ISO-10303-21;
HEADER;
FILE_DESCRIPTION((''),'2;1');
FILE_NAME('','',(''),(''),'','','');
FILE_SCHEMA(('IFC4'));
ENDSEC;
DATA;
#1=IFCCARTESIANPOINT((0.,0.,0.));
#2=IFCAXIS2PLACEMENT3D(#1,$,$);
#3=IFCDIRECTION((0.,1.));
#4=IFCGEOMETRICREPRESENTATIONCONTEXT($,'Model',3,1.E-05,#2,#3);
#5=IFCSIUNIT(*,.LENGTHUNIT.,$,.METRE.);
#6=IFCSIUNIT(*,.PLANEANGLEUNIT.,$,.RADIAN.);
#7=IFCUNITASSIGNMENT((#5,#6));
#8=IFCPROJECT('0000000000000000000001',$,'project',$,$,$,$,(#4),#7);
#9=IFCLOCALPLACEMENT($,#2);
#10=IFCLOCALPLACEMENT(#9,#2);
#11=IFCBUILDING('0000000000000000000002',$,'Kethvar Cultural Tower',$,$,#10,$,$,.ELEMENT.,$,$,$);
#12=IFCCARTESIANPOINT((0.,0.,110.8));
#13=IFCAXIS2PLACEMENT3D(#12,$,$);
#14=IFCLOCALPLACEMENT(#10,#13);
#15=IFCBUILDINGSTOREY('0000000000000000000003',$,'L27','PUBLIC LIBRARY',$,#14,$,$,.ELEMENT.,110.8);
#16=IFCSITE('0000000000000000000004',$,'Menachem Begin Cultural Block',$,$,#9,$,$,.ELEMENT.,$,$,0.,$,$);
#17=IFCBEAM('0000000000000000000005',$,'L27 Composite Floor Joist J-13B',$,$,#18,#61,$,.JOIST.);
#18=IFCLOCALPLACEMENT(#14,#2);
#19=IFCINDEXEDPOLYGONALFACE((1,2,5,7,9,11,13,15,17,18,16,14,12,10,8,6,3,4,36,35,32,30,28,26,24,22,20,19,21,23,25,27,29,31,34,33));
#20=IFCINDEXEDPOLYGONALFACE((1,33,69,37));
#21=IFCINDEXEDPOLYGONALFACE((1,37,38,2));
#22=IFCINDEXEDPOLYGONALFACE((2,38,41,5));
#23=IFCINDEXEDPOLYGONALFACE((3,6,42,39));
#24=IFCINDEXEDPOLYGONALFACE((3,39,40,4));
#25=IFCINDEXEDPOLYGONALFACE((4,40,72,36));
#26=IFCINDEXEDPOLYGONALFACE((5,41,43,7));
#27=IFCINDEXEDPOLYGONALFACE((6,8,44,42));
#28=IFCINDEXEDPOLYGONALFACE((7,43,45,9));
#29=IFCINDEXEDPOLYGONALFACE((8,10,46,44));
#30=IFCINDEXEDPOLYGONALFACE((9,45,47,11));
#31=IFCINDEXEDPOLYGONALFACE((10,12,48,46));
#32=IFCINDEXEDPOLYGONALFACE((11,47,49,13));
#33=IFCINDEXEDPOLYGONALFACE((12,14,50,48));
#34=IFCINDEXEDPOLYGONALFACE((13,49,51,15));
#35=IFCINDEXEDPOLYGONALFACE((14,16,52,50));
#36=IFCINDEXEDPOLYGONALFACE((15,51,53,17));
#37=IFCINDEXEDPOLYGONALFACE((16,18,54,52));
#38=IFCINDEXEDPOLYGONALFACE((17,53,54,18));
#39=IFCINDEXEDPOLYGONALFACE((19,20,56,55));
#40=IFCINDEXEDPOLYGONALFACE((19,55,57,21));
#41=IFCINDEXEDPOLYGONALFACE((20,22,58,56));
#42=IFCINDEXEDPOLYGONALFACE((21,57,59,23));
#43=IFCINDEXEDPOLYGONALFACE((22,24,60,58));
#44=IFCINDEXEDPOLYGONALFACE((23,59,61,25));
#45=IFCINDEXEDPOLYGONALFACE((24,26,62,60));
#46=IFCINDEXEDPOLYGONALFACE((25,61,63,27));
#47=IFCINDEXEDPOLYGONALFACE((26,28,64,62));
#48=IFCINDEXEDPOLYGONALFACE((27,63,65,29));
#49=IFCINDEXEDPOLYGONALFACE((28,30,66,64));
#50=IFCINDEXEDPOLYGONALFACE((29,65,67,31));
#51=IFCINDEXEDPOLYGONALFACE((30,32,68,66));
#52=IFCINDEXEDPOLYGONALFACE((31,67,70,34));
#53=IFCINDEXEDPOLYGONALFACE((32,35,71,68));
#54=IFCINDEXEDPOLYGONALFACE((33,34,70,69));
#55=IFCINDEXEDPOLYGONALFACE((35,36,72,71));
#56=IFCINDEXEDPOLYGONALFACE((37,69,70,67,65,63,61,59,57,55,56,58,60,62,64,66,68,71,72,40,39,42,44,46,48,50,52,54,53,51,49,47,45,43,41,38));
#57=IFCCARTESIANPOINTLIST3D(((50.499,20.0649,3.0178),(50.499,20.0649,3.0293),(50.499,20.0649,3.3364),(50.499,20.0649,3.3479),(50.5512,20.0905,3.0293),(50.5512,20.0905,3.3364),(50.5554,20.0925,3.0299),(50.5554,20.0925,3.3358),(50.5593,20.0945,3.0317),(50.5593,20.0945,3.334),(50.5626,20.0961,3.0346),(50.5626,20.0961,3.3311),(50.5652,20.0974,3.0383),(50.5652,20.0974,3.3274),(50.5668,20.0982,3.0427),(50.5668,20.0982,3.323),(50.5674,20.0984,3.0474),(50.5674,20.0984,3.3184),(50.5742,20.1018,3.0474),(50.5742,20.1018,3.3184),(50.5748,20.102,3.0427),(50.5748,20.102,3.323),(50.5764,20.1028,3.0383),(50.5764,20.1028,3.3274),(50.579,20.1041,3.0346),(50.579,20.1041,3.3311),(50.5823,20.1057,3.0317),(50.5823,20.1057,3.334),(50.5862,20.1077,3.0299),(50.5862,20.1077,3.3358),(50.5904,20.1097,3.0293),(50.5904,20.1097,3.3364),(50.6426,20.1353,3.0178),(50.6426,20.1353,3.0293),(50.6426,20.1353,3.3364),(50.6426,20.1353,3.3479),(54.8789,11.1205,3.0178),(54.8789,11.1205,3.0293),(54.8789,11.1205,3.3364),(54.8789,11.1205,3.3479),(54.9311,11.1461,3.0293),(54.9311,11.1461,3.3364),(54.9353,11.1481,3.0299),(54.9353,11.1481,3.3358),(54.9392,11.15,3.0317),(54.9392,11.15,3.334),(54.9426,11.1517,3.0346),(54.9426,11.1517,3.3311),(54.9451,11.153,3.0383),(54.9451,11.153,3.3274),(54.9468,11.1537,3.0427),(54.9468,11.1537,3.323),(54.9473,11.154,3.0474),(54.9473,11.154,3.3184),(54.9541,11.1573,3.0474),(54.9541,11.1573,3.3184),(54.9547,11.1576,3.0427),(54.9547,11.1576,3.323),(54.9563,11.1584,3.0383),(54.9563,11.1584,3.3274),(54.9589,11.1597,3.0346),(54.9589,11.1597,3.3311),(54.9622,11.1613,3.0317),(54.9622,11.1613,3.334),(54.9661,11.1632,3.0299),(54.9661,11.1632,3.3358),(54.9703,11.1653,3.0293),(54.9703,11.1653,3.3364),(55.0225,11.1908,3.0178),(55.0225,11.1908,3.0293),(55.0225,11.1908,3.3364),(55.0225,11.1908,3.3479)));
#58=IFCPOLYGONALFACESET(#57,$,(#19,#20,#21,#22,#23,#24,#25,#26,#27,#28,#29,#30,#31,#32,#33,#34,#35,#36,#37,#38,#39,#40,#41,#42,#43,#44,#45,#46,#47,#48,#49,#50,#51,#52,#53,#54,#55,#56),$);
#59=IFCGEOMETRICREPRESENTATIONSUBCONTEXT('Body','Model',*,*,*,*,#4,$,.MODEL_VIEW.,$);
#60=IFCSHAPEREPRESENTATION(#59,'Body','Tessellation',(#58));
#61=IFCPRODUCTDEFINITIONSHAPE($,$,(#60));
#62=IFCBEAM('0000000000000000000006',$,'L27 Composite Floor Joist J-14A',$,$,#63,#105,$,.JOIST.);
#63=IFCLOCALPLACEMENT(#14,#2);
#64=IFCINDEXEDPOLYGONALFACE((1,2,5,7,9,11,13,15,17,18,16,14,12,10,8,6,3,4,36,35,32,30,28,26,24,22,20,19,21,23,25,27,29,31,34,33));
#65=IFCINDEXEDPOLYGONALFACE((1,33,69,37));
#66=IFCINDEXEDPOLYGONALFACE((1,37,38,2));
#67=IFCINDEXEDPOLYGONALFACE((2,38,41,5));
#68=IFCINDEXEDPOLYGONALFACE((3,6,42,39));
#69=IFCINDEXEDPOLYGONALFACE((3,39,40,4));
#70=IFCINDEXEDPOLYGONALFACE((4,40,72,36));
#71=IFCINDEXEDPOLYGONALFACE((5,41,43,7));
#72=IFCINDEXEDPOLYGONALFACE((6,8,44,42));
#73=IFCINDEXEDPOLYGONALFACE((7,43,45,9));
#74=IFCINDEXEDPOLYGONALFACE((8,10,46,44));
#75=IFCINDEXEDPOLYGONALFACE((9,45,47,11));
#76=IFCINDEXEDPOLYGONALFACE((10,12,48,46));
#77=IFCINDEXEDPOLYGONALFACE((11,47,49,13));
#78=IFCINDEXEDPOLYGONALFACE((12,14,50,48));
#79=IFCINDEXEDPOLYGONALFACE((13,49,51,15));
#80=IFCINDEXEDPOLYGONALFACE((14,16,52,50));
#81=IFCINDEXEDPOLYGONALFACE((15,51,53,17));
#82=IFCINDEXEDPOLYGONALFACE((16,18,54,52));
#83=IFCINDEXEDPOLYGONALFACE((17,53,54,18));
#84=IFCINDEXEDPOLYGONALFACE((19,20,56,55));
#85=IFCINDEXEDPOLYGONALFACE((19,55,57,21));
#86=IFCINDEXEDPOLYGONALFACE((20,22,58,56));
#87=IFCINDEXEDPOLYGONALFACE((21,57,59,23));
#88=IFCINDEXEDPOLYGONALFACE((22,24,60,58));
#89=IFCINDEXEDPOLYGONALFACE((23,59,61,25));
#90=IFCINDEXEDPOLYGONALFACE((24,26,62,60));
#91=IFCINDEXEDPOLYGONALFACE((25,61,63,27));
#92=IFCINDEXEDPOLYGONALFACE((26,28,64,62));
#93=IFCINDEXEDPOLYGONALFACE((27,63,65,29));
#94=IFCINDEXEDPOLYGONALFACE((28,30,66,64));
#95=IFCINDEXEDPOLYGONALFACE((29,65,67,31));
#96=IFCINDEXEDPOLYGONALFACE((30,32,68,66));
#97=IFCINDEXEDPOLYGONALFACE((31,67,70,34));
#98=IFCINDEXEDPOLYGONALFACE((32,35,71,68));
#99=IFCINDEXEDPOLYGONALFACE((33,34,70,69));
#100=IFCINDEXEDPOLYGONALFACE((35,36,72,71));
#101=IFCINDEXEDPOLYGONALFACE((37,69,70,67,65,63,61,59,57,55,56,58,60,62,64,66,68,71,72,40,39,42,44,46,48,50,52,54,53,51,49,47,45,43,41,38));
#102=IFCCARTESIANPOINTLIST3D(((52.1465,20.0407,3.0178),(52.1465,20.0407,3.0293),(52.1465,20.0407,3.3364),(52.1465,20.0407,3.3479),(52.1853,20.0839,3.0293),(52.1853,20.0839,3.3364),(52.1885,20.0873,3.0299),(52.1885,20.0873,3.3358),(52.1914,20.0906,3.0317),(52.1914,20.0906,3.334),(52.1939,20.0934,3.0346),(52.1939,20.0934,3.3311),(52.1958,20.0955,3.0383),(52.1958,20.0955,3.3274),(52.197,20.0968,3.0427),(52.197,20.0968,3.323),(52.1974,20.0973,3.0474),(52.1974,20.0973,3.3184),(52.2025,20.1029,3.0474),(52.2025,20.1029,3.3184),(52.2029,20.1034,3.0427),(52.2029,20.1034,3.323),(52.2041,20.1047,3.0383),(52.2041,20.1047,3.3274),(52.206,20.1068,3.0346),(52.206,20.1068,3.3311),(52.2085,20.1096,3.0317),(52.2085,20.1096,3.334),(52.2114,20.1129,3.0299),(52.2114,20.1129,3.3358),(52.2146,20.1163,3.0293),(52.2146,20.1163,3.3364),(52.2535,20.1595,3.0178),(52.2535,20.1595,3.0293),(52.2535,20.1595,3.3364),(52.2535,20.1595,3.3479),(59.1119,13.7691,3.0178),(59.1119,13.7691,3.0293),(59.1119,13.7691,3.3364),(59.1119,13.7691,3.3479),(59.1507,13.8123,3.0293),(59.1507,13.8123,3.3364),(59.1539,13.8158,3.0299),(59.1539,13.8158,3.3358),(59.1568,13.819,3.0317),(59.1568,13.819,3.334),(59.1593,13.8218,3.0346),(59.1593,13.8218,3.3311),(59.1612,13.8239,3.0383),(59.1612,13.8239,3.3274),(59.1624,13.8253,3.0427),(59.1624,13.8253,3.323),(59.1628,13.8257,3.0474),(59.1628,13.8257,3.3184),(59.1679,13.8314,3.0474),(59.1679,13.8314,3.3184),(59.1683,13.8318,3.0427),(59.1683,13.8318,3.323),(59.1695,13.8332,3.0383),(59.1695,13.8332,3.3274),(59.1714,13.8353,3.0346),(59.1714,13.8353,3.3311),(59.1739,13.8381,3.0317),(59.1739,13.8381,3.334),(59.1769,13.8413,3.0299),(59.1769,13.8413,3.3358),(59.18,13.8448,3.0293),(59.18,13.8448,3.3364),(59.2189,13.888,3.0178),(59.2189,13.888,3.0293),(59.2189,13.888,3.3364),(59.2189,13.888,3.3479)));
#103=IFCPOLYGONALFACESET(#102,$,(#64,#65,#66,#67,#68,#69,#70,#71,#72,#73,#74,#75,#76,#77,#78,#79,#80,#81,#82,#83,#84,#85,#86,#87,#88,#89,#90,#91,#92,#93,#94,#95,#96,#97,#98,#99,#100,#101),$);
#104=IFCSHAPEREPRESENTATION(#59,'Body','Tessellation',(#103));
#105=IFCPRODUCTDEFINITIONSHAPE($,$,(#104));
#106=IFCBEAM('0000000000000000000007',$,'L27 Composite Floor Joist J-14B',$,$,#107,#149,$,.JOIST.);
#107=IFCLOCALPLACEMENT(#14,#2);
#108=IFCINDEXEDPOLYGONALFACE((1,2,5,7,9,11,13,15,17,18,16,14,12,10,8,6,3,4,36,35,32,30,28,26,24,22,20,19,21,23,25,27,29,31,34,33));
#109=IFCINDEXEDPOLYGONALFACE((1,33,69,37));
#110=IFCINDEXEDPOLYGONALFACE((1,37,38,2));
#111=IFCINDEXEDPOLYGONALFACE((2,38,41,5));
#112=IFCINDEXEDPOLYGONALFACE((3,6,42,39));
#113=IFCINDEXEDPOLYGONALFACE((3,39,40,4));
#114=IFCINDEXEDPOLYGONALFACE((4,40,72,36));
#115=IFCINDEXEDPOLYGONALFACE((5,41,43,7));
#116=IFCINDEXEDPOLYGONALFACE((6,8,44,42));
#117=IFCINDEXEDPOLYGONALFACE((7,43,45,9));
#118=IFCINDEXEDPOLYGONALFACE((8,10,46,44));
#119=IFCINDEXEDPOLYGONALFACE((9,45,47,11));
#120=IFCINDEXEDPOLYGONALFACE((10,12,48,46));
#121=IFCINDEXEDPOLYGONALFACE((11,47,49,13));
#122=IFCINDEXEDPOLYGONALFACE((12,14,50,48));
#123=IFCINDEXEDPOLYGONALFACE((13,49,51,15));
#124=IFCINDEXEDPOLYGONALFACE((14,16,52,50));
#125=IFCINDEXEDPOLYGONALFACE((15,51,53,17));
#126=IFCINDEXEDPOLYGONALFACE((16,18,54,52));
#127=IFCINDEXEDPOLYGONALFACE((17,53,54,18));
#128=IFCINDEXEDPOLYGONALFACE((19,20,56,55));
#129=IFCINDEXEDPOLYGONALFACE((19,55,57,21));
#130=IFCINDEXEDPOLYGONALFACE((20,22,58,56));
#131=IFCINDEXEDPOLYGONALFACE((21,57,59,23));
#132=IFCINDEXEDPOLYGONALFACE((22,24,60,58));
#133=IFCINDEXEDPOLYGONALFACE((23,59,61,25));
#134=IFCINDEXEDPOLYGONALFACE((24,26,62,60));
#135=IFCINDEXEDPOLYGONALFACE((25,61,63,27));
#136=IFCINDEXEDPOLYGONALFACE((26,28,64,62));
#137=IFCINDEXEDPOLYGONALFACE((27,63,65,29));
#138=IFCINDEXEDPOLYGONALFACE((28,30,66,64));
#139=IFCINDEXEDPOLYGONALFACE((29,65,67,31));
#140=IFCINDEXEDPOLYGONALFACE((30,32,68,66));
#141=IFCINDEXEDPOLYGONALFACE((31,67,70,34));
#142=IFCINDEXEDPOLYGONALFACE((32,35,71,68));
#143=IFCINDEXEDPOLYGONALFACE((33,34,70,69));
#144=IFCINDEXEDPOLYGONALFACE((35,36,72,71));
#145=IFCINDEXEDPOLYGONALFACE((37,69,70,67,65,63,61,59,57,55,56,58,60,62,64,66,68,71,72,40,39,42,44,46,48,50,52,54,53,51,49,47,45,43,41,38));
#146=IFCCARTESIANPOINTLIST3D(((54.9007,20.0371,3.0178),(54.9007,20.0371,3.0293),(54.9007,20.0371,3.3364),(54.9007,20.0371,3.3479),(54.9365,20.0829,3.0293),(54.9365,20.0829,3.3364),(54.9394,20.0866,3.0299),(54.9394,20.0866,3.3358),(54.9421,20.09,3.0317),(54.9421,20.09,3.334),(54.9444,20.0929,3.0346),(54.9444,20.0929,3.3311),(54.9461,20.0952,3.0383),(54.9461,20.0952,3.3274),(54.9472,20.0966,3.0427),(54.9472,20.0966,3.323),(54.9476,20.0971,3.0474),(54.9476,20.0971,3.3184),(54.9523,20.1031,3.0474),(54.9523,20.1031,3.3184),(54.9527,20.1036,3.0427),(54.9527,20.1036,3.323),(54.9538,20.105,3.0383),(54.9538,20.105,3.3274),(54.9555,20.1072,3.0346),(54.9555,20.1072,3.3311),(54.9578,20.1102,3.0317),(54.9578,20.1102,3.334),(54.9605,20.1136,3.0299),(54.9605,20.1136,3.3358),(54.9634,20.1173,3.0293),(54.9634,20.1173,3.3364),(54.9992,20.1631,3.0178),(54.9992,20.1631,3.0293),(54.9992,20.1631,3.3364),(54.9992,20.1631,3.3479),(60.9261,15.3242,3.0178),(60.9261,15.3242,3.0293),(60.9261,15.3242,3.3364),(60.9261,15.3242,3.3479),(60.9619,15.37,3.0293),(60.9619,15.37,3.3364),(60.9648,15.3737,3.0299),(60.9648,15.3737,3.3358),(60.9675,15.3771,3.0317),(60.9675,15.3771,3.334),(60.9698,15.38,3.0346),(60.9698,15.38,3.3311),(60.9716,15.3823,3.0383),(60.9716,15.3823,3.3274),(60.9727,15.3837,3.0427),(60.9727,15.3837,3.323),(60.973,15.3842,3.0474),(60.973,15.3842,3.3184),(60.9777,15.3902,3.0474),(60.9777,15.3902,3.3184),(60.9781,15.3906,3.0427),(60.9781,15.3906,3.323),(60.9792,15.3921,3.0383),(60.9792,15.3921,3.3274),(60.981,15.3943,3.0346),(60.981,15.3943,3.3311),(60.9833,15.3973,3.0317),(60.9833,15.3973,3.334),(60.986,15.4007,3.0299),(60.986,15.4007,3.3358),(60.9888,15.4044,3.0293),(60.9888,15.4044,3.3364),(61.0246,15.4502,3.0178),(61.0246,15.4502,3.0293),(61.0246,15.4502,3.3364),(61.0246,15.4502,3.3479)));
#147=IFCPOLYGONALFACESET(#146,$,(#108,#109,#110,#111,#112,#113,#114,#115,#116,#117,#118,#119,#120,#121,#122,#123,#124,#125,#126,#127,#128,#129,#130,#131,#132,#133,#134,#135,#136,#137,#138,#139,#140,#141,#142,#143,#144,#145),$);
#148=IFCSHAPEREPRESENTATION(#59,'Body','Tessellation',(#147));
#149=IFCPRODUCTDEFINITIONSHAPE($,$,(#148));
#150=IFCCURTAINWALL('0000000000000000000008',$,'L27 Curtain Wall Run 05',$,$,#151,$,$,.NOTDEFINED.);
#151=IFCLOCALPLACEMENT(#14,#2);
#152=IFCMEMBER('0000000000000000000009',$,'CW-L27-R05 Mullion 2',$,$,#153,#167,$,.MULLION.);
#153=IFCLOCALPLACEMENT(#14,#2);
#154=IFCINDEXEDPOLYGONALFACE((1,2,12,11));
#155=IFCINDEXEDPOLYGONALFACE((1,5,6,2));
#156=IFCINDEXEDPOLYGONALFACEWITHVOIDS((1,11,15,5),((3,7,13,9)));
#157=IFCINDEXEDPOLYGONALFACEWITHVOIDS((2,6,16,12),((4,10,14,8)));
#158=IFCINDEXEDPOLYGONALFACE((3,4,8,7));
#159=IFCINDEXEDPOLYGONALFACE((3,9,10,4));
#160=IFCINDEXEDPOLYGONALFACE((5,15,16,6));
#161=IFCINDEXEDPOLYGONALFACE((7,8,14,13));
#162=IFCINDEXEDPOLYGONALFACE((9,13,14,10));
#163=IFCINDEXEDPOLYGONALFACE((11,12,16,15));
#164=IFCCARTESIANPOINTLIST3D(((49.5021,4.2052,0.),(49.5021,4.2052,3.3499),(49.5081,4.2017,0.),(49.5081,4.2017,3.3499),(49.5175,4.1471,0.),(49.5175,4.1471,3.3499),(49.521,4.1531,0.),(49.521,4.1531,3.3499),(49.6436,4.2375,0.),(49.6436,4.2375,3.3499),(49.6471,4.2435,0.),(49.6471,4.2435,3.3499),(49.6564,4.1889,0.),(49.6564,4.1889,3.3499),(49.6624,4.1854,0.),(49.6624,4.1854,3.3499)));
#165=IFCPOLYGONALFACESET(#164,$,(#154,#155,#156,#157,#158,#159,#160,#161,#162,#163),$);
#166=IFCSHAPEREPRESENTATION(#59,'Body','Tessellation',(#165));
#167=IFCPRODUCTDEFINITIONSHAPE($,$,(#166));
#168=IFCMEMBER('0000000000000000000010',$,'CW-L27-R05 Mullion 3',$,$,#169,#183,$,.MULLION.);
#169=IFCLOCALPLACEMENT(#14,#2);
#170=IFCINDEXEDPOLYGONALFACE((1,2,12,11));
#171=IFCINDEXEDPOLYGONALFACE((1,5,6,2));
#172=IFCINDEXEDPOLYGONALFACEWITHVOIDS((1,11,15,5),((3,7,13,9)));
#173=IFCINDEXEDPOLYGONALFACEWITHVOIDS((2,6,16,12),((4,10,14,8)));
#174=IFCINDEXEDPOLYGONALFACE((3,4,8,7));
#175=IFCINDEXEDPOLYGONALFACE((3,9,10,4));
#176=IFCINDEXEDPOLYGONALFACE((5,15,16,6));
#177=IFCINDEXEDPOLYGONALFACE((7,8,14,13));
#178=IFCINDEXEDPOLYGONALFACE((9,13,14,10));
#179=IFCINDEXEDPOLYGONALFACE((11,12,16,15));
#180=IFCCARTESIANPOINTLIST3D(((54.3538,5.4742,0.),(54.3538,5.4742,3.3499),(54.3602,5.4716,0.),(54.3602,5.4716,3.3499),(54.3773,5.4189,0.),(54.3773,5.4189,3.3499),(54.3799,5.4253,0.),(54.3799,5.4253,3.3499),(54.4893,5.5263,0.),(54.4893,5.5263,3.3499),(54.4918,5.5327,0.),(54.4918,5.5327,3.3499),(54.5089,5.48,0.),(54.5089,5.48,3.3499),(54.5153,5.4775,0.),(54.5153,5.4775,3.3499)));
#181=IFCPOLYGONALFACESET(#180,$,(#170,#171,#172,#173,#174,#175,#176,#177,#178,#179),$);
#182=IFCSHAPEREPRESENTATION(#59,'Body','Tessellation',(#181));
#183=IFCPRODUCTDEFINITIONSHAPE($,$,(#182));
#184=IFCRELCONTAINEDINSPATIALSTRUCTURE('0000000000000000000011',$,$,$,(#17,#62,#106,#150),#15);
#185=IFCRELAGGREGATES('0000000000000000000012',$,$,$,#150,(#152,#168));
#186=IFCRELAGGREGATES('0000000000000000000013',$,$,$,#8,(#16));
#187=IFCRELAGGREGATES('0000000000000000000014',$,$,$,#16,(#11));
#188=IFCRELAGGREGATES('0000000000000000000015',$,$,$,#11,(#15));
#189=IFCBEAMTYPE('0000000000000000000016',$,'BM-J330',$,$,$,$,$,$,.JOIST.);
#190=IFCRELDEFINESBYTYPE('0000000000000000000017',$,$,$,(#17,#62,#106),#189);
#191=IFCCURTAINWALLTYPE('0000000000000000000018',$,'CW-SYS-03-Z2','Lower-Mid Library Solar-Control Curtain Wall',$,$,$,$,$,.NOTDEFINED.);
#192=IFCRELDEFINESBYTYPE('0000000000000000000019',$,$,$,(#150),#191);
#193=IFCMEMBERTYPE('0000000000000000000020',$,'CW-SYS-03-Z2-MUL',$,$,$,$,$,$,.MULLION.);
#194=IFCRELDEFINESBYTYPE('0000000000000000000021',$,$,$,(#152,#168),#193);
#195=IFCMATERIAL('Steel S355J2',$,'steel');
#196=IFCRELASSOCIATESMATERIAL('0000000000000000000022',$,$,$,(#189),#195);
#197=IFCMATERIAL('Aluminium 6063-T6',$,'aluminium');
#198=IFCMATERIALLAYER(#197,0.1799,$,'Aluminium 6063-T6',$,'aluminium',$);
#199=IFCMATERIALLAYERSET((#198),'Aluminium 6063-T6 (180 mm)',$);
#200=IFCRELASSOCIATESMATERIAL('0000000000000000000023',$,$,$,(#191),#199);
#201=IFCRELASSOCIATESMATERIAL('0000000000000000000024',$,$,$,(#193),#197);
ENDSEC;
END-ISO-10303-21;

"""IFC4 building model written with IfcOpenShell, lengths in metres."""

from ifc_helpers import new_model, si_unit, direction, frame, origin, origin_2d, place, context, subcontext, project, spatial, hollow_rectangle, i_section, extrude, source, transform, mapped, material, layer, layer_set, material_profile, profile_set, type_object, element, aggregate, save


model = new_model("IFC4")

# Units and contexts
model_context = context("Model", 3, precision=1e-05, world=origin(), true_north=direction((0.0, 1.0)))
body_context = subcontext(model_context, "Body", "Model", "MODEL_VIEW")
ifc_project = project(units=[si_unit("LENGTHUNIT", "METRE"), si_unit("PLANEANGLEUNIT", "RADIAN")], contexts=[model_context])

# Site, building, storey
site_placement = place(None, origin())
site = spatial("IfcSite", under=ifc_project, at=site_placement, Name="Menachem Begin Cultural Block", CompositionType="ELEMENT", RefElevation=0.0)
building_placement = place(site_placement, origin())
building = spatial("IfcBuilding", under=site, at=building_placement, Name="Kethvar Cultural Tower", CompositionType="ELEMENT")
storey_placement = place(building_placement, frame((0.0, 0.0, 110.8)))
storey = spatial("IfcBuildingStorey", under=building, at=storey_placement, Name="L27", Description="PUBLIC LIBRARY", CompositionType="ELEMENT", Elevation=110.8)

# Beams
ifc_material_1 = material(Name="Steel S355J2", Category="steel")
ifc_material_profile_1 = material_profile(ifc_material_1, i_section(OverallWidth=0.1599, OverallDepth=0.3301, WebThickness=0.0076, FlangeThickness=0.0115, FilletRadius=0.0181, at=origin_2d()), Name="Steel S355J2 — IPE330")
ifc_profile_set_1 = profile_set([ifc_material_profile_1], Name="Steel S355J2 — IPE330")
beam_type_1 = type_object("IfcBeamType", Name="BM-J330", PredefinedType="JOIST", material=ifc_profile_set_1)
shared_shape_1 = source(origin(), body_context, "Body", "SweptSolid", [
    extrude(i_section(OverallWidth=0.1599, OverallDepth=0.3301, WebThickness=0.0076, FlangeThickness=0.0115, FilletRadius=0.0181, at=origin_2d()), origin(), (0.0, 0.0, 1.0), 9.9592),
])
beam_1_placement = place(storey_placement, frame((50.5708, 20.1001, 3.1829), z_axis=(0.439785, -0.898103, 0.0), x_axis=(0.898103, 0.439785, 0.0)))
element("IfcBeam", 1, at=beam_1_placement, inside=storey, type_object=beam_type_1, Name="L27 Composite Floor Joist J-13B", PredefinedType="JOIST", context=body_context, shape_type="MappedRepresentation", body=[
    mapped(shared_shape_1, transform((0.0, 0.0, 0.0), scale=1.0)),
])
shared_shape_2 = source(origin(), body_context, "Body", "SweptSolid", [
    extrude(i_section(OverallWidth=0.1599, OverallDepth=0.3301, WebThickness=0.0076, FlangeThickness=0.0115, FilletRadius=0.0181, at=origin_2d()), origin(), (0.0, 0.0, 1.0), 9.3728),
])
beam_2_placement = place(storey_placement, frame((52.2, 20.1001, 3.1829), z_axis=(0.743152, -0.669123, 0.0), x_axis=(0.669123, 0.743152, 0.0)))
element("IfcBeam", 2, at=beam_2_placement, inside=storey, type_object=beam_type_1, Name="L27 Composite Floor Joist J-14A", PredefinedType="JOIST", context=body_context, shape_type="MappedRepresentation", body=[
    mapped(shared_shape_2, transform((0.0, 0.0, 0.0), scale=1.0)),
])
shared_shape_3 = source(origin(), body_context, "Body", "SweptSolid", [
    extrude(i_section(OverallWidth=0.1599, OverallDepth=0.3301, WebThickness=0.0076, FlangeThickness=0.0115, FilletRadius=0.0181, at=origin_2d()), origin(), (0.0, 0.0, 1.0), 7.6497),
])
beam_3_placement = place(storey_placement, frame((54.95, 20.1001, 3.1829), z_axis=(0.787672, -0.616095, 0.0), x_axis=(0.616095, 0.787672, 0.0)))
element("IfcBeam", 3, at=beam_3_placement, inside=storey, type_object=beam_type_1, Name="L27 Composite Floor Joist J-14B", PredefinedType="JOIST", context=body_context, shape_type="MappedRepresentation", body=[
    mapped(shared_shape_3, transform((0.0, 0.0, 0.0), scale=1.0)),
])

# Curtain wall, members
ifc_material_2 = material(Name="Aluminium 6063-T6", Category="aluminium")
ifc_layer_1 = layer(ifc_material_2, 0.1799, Name="Aluminium 6063-T6", Category="aluminium")
ifc_layer_set_1 = layer_set([ifc_layer_1], Name="Aluminium 6063-T6 (180 mm)")
curtain_wall_type = type_object("IfcCurtainWallType", Name="CW-SYS-03-Z2", Description="Lower-Mid Library Solar-Control Curtain Wall", PredefinedType="NOTDEFINED", material=ifc_layer_set_1)
curtain_wall_placement = place(storey_placement, origin())
curtain_wall = element("IfcCurtainWall", 4, at=curtain_wall_placement, inside=storey, type_object=curtain_wall_type, Name="L27 Curtain Wall Run 05", PredefinedType="NOTDEFINED")
ifc_material_profile_2 = material_profile(ifc_material_2, hollow_rectangle(XDim=0.0601, YDim=0.1499, WallThickness=0.0049, at=origin_2d()), Name="Aluminium 6063-T6 — RHS150x60x5")
ifc_profile_set_2 = profile_set([ifc_material_profile_2], Name="Aluminium 6063-T6 — RHS150x60x5")
member_type_1 = type_object("IfcMemberType", Name="CW-SYS-03-Z2-MUL", PredefinedType="MULLION", material=ifc_profile_set_2)
shared_shape_4 = source(origin(), body_context, "Body", "SweptSolid", [
    extrude(hollow_rectangle(XDim=0.0601, YDim=0.1499, WallThickness=0.0049, at=origin_2d()), origin(), (0.0, 0.0, 1.0), 3.3499),
])
member_1_placement = place(storey_placement, frame((49.5823, 4.1953, 0.0), z_axis=(0.0, 0.0, 1.0), x_axis=(-0.255395, 0.966837, 0.0)))
member_1 = element("IfcMember", 5, at=member_1_placement, type_object=member_type_1, Name="CW-L27-R05 Mullion 2", PredefinedType="MULLION", context=body_context, shape_type="MappedRepresentation", body=[
    mapped(shared_shape_4, transform((0.0, 0.0, 0.0), scale=1.0)),
])
member_2_placement = place(storey_placement, frame((54.4346, 5.4758, 0.0), z_axis=(0.0, 0.0, 1.0), x_axis=(-0.390587, 0.920566, 0.0)))
member_2 = element("IfcMember", 6, at=member_2_placement, type_object=member_type_1, Name="CW-L27-R05 Mullion 3", PredefinedType="MULLION", context=body_context, shape_type="MappedRepresentation", body=[
    mapped(shared_shape_4, transform((0.0, 0.0, 0.0), scale=1.0)),
])
aggregate(curtain_wall, [member_1, member_2])

save(model, "model.ifc")
